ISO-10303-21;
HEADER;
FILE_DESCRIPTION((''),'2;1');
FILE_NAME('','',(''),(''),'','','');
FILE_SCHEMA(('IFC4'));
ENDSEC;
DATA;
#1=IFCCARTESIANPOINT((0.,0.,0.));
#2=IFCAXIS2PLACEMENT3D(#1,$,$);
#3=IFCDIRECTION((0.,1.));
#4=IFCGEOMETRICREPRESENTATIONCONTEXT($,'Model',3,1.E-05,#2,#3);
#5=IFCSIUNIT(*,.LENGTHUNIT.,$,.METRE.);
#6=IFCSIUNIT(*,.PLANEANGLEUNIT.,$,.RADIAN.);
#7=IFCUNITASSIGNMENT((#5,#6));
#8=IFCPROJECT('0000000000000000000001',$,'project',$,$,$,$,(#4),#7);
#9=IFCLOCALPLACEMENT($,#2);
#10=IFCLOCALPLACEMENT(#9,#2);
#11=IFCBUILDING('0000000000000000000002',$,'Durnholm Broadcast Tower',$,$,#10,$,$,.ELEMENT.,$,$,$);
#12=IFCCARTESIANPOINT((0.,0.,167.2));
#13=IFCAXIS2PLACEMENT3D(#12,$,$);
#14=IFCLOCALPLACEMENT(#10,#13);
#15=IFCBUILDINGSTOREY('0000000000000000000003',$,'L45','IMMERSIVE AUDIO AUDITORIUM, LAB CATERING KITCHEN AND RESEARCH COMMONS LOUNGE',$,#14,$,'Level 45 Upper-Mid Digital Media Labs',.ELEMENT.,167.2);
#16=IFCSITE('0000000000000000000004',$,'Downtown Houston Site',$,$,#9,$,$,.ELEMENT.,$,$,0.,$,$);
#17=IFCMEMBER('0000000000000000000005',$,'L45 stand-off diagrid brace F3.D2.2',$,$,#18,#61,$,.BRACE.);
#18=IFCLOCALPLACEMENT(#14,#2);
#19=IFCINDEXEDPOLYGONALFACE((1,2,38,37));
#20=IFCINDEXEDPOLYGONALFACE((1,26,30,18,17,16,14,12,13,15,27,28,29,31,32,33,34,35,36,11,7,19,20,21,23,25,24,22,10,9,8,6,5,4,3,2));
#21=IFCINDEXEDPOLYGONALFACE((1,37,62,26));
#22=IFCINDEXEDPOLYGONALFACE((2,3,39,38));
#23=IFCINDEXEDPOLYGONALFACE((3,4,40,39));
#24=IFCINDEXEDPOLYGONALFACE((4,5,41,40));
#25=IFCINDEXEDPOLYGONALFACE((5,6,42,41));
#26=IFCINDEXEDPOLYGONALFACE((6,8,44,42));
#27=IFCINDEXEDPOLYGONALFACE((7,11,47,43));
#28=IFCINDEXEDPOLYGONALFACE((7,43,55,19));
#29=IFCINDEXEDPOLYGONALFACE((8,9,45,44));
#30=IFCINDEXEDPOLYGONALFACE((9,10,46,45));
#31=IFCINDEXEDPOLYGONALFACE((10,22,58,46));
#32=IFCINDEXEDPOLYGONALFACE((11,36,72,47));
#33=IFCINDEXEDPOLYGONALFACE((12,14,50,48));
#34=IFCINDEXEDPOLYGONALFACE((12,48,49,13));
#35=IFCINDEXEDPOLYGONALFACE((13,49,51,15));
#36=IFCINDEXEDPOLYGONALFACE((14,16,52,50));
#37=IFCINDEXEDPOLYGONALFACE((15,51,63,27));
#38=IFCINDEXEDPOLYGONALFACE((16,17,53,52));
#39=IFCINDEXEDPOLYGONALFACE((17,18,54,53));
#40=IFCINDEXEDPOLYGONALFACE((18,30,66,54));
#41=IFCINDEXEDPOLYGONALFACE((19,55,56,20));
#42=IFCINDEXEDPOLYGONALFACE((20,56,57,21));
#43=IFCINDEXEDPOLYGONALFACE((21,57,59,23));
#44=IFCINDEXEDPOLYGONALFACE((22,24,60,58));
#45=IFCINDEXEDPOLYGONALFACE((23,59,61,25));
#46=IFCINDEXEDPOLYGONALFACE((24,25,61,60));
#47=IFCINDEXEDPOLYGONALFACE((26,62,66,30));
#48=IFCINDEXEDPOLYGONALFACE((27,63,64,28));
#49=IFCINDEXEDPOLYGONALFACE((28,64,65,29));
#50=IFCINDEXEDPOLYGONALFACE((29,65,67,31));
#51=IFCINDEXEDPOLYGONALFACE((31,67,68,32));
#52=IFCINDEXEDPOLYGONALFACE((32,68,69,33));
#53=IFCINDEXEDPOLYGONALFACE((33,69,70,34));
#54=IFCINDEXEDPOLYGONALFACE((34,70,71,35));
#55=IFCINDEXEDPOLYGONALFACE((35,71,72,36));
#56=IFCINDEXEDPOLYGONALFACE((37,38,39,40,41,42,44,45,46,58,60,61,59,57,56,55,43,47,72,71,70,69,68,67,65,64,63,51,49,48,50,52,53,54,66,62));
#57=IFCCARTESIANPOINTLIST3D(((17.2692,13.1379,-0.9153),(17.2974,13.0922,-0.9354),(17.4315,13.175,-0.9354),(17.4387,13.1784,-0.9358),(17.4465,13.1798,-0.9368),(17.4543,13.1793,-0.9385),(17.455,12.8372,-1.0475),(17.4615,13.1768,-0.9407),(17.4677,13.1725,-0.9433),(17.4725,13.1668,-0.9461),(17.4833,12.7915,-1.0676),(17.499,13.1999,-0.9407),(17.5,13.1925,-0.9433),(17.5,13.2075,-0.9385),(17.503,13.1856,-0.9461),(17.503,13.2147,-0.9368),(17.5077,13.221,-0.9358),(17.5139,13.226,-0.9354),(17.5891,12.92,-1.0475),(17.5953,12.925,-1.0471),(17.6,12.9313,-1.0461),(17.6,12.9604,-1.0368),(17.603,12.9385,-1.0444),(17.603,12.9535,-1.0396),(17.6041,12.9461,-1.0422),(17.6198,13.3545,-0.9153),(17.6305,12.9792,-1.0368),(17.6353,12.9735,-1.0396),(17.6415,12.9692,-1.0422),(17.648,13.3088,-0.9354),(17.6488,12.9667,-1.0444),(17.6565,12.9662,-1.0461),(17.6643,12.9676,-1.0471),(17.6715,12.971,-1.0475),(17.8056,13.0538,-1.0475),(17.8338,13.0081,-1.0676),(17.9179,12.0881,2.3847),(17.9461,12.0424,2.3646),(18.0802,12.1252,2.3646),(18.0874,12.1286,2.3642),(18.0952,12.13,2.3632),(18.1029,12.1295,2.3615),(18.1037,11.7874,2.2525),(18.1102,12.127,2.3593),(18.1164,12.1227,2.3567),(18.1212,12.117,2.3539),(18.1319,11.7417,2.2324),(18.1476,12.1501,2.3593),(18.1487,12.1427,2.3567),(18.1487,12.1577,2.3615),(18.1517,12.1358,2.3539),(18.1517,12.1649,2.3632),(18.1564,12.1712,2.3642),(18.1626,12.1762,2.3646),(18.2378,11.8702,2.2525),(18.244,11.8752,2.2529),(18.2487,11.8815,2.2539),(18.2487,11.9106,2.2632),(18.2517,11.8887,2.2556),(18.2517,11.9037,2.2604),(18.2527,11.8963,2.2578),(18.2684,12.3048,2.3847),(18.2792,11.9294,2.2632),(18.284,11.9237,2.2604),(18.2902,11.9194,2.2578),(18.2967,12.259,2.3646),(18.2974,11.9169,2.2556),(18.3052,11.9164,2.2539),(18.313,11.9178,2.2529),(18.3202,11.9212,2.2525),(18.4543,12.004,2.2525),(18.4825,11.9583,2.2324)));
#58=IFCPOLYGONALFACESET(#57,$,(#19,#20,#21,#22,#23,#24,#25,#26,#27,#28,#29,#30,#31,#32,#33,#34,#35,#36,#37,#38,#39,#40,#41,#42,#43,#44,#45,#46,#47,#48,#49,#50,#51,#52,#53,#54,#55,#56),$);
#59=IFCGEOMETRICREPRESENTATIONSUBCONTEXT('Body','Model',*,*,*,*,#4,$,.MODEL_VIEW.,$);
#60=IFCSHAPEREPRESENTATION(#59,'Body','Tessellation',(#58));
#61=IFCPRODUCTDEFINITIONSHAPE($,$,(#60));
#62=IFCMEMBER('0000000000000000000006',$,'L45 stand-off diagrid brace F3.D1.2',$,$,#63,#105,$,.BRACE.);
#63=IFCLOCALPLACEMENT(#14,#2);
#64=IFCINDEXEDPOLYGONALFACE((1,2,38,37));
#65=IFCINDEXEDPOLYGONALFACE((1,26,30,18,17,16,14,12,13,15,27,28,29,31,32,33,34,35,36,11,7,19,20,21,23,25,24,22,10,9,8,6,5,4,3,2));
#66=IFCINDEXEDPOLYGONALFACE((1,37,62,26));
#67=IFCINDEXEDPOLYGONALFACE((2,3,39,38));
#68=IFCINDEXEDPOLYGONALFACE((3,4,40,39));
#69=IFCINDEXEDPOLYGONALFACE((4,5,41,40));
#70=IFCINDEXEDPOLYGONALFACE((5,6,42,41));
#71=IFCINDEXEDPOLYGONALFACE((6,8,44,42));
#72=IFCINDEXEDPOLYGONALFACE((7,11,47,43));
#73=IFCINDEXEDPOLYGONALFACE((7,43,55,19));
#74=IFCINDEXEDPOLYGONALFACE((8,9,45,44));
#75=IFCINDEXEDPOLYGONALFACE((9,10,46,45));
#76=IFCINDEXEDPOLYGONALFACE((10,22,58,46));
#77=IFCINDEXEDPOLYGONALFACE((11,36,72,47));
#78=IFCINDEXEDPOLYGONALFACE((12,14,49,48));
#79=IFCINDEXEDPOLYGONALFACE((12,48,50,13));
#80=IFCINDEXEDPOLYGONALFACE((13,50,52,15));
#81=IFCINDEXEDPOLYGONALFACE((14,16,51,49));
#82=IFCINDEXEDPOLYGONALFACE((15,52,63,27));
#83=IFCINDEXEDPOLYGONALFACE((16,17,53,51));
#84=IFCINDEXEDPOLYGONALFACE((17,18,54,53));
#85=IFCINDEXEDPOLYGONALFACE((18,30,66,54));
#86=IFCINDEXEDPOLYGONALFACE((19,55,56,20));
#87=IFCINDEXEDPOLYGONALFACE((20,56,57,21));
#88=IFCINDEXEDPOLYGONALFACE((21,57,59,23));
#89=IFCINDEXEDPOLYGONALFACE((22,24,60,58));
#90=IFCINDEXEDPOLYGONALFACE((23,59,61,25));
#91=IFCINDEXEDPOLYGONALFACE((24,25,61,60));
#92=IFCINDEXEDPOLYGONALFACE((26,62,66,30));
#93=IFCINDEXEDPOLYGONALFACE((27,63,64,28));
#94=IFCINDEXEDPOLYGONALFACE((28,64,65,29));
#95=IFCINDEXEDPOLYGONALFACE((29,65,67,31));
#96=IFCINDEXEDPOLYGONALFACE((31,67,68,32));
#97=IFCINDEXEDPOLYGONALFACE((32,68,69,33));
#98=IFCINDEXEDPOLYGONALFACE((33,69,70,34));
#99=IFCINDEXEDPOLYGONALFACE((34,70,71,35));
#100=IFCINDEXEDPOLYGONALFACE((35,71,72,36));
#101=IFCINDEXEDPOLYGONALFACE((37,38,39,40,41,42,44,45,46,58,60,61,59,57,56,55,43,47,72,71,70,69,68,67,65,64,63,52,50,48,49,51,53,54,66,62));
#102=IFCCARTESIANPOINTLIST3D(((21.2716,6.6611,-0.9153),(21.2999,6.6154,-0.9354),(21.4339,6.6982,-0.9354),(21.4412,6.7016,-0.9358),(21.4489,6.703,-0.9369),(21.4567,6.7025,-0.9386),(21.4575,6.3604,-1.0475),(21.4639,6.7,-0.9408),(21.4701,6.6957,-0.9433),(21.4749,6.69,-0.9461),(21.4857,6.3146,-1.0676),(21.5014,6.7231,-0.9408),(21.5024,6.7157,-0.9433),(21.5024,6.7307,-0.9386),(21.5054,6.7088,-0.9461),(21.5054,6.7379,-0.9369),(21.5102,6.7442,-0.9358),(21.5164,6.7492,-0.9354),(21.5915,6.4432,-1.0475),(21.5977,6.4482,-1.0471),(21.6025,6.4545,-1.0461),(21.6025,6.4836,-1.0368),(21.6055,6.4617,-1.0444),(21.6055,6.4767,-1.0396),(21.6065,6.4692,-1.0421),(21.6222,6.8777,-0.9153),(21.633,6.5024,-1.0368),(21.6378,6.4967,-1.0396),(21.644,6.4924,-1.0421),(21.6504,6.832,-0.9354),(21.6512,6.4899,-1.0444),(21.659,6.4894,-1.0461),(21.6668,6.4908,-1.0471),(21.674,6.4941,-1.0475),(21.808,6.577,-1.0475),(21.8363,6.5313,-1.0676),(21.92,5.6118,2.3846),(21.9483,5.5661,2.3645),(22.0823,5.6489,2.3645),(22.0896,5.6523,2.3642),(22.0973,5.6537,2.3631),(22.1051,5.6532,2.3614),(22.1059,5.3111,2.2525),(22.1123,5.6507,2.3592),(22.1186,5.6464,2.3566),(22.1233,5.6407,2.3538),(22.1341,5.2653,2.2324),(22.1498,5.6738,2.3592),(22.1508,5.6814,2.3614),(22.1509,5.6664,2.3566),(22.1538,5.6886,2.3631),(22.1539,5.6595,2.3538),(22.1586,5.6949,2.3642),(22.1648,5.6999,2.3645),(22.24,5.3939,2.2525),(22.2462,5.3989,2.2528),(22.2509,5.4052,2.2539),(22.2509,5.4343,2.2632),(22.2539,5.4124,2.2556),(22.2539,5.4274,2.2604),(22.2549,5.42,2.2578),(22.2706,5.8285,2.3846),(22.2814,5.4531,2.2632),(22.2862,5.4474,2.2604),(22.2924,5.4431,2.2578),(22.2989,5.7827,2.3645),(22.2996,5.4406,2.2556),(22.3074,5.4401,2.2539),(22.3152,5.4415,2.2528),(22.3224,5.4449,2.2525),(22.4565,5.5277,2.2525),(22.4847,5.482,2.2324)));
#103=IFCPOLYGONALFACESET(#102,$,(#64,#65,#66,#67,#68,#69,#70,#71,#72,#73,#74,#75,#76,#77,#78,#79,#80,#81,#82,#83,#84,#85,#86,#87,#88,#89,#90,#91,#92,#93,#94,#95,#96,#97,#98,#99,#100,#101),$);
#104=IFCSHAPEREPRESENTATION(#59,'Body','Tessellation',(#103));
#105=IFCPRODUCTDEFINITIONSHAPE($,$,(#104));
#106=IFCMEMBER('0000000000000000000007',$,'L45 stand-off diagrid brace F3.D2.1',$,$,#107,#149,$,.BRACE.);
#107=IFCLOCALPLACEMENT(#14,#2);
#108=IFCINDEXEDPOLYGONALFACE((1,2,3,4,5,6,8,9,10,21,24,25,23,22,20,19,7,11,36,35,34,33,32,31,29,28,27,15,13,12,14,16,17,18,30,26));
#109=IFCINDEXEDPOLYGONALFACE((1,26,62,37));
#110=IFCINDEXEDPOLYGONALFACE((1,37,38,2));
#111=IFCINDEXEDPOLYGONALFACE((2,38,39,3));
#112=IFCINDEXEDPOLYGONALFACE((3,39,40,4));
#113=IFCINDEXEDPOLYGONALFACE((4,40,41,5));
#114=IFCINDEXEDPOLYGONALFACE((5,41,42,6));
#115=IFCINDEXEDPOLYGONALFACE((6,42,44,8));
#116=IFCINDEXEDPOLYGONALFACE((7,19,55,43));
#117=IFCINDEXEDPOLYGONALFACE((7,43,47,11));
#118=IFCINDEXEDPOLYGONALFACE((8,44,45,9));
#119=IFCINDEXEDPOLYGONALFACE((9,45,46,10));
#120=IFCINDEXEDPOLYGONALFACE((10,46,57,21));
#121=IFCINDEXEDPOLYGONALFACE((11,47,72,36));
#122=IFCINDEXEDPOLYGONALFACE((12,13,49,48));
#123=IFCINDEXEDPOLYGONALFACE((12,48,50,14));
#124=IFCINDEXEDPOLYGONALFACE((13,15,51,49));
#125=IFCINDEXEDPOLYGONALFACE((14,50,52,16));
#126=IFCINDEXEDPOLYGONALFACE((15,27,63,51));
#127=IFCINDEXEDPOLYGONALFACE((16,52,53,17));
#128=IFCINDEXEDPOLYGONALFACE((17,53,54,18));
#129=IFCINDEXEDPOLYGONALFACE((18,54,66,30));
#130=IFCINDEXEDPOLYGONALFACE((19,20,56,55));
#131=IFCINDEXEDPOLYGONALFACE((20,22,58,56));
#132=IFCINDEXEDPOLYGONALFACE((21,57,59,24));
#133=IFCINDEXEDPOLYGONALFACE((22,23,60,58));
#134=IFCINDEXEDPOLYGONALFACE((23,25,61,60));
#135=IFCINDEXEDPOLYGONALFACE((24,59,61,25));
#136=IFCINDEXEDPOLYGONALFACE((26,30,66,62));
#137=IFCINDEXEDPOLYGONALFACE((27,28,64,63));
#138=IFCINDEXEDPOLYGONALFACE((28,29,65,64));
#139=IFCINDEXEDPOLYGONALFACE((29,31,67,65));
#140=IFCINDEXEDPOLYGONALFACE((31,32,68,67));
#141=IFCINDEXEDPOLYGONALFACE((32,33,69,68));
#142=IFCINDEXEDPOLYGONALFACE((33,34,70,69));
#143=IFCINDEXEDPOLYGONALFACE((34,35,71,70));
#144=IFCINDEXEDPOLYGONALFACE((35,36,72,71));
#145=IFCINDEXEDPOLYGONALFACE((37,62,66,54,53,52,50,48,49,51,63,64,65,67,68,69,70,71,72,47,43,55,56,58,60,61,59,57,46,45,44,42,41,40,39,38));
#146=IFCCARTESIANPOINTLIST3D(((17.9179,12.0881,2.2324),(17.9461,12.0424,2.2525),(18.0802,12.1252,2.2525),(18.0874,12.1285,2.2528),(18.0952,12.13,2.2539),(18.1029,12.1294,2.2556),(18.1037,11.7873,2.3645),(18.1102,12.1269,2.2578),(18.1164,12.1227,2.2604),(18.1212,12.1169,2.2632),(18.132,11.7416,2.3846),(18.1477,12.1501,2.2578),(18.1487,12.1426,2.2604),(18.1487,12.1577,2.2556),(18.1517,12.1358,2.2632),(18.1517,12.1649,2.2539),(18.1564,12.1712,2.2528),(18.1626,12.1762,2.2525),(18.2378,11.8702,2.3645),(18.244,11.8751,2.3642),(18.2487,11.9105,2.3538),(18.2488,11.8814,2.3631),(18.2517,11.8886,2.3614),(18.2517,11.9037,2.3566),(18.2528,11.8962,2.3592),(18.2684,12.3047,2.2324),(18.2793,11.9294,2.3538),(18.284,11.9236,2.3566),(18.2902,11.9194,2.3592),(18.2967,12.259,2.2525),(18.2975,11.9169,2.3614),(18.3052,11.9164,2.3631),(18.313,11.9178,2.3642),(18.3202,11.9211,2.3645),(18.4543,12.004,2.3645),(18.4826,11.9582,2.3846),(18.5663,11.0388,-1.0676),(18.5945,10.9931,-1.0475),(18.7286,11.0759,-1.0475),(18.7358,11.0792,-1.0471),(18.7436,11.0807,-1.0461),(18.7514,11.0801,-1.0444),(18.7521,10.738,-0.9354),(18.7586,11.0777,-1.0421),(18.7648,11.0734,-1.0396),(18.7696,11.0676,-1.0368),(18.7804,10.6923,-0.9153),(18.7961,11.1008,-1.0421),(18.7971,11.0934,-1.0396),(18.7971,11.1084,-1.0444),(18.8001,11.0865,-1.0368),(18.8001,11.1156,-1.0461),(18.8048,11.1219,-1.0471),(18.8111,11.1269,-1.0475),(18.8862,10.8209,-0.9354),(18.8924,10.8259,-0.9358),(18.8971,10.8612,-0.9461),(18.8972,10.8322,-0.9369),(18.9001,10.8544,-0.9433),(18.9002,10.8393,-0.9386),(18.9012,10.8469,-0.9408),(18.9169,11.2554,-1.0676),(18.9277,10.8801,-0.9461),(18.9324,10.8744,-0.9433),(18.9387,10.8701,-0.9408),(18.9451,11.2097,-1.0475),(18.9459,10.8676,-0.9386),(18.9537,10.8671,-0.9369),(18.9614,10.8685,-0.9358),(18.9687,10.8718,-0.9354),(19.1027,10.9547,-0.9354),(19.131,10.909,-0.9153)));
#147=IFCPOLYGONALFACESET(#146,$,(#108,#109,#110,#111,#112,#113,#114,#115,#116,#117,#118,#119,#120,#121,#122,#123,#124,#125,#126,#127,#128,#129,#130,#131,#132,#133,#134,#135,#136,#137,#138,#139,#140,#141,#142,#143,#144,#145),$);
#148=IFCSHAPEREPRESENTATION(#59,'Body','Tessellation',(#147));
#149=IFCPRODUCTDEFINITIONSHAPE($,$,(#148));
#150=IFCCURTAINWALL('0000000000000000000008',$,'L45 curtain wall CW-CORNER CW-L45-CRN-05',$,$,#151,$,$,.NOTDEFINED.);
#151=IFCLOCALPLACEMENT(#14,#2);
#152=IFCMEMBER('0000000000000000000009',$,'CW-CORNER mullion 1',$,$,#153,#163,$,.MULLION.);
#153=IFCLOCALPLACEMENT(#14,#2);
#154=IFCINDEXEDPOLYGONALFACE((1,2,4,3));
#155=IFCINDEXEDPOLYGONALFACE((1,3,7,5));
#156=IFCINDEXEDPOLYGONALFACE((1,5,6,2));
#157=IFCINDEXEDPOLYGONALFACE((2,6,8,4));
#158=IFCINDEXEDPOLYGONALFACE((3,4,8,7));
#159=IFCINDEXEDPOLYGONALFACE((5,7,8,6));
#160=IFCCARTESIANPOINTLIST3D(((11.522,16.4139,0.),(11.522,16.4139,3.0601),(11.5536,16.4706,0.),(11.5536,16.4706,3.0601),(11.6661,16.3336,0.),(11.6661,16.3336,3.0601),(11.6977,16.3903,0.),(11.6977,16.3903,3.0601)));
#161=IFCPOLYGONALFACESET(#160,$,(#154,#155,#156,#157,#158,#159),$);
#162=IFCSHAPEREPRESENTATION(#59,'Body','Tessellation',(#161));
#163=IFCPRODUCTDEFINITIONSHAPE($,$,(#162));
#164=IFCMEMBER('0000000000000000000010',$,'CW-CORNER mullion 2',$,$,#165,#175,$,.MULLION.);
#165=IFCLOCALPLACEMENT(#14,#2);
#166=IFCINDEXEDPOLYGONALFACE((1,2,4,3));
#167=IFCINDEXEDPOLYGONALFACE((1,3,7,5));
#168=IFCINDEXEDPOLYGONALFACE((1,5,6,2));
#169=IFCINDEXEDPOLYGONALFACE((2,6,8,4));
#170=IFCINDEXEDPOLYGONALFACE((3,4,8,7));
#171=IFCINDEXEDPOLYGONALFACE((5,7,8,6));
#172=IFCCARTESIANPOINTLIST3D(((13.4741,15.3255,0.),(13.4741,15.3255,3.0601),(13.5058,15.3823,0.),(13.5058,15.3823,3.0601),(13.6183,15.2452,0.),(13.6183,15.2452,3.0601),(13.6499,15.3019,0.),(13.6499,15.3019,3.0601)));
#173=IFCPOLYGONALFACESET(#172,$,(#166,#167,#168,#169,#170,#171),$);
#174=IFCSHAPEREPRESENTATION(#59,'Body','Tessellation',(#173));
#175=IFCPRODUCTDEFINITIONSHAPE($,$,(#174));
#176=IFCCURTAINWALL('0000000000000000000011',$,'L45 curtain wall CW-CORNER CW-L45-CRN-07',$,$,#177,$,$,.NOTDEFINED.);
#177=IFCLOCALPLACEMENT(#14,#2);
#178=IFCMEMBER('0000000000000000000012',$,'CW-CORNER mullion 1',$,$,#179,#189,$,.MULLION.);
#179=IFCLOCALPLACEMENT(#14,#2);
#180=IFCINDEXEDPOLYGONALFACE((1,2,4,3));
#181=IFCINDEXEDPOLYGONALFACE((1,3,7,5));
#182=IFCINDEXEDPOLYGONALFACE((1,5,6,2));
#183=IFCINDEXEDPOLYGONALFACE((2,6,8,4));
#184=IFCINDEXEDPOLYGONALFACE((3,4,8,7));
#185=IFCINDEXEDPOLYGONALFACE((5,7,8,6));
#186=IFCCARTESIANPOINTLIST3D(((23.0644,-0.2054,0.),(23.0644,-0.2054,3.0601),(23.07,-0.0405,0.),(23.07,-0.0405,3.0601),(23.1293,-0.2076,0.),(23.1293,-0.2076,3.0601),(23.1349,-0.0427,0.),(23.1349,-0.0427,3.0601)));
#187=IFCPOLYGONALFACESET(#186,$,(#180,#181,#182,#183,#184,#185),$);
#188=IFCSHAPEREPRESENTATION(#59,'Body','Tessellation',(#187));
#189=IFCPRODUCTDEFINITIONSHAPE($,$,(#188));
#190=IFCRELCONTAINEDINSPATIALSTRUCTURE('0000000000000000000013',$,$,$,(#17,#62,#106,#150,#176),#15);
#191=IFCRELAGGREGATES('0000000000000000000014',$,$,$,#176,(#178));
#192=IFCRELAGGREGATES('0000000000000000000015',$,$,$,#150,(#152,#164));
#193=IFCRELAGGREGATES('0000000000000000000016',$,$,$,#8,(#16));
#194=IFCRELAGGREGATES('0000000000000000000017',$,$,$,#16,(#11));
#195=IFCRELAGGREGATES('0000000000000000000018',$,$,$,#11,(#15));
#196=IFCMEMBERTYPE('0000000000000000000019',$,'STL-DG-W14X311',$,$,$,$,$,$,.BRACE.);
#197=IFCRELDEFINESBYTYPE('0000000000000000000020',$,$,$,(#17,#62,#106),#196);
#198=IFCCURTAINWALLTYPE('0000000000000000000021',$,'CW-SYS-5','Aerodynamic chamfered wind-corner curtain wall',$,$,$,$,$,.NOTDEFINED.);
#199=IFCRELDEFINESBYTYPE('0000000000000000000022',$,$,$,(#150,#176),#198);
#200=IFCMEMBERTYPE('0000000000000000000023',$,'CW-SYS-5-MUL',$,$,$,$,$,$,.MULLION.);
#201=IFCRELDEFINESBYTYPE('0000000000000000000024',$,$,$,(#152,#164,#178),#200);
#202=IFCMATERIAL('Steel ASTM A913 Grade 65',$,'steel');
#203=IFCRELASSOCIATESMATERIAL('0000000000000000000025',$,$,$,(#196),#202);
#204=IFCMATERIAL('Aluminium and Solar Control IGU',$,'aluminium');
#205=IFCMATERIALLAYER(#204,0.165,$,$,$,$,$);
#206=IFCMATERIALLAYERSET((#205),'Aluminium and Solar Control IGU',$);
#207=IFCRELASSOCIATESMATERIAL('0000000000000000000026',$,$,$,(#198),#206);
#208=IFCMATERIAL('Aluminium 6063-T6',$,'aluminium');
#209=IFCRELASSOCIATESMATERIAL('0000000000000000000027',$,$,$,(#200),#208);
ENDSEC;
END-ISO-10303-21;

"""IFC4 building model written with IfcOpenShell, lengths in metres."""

from ifc_helpers import new_model, si_unit, direction, frame, origin, origin_2d, place, context, subcontext, project, spatial, rectangle, i_section, extrude, source, transform, mapped, material, layer, layer_set, material_profile, profile_set, type_object, type_shapes, element, aggregate, save


model = new_model("IFC4")

# Units and contexts
model_context = context("Model", 3, precision=1e-05, world=origin(), true_north=direction((0.0, 1.0)))
body_context = subcontext(model_context, "Body", "Model", "MODEL_VIEW")
ifc_project = project(units=[si_unit("LENGTHUNIT", "METRE"), si_unit("PLANEANGLEUNIT", "RADIAN")], contexts=[model_context])

# Site, building, storey
site_placement = place(None, origin())
site = spatial("IfcSite", under=ifc_project, at=site_placement, Name="Downtown Houston Site", CompositionType="ELEMENT", RefElevation=0.0)
building_placement = place(site_placement, origin())
building = spatial("IfcBuilding", under=site, at=building_placement, Name="Durnholm Broadcast Tower", CompositionType="ELEMENT")
storey_placement = place(building_placement, frame((0.0, 0.0, 167.2)))
storey = spatial("IfcBuildingStorey", under=building, at=storey_placement, Name="L45", Description="IMMERSIVE AUDIO AUDITORIUM, LAB CATERING KITCHEN AND RESEARCH COMMONS LOUNGE", LongName="Level 45 Upper-Mid Digital Media Labs", CompositionType="ELEMENT", Elevation=167.2)

# Members
ifc_material_1 = material(Name="Steel ASTM A913 Grade 65", Category="steel")
ifc_material_profile_1 = material_profile(ifc_material_1, i_section(OverallWidth=0.4121, OverallDepth=0.4348, WebThickness=0.0359, FlangeThickness=0.0574, FilletRadius=0.0305, at=origin_2d()), Name="W14X311")
ifc_profile_set_1 = profile_set([ifc_material_profile_1], Name="Steel ASTM A913 Grade 65")
member_type_1 = type_object("IfcMemberType", Name="STL-DG-W14X311", PredefinedType="BRACE", material=ifc_profile_set_1)
shared_shape_1 = source(origin(), body_context, "Body", "SweptSolid", [
    extrude(i_section(OverallWidth=0.4121, OverallDepth=0.4348, WebThickness=0.0359, FlangeThickness=0.0574, FilletRadius=0.0305, at=origin_2d()), origin(), (0.0, 0.0, 1.0), 3.5232),
])
for number, where, z_axis, x_axis, name in (
    (1, (17.5515, 13.073, -0.9915), (0.184115, -0.297966, 0.936652), (0.850699, 0.525653, 0.0), "L45 stand-off diagrid brace F3.D2.2"),
):
    element("IfcMember", number, at=place(storey_placement, frame(where, z_axis=z_axis, x_axis=x_axis)), inside=storey, type_object=member_type_1, Name=name, PredefinedType="BRACE", context=body_context, shape_type="MappedRepresentation", body=[
        mapped(shared_shape_1, transform((0.0, 0.0, 0.0), x_axis=(1.0, 0.0, 0.0), y_axis=(0.0, 1.0, 0.0), z_axis=(0.0, 0.0, 1.0), scale=1.0)),
    ])
shared_shape_2 = source(origin(), body_context, "Body", "SweptSolid", [
    extrude(i_section(OverallWidth=0.4121, OverallDepth=0.4348, WebThickness=0.0359, FlangeThickness=0.0574, FilletRadius=0.0305, at=origin_2d()), origin(), (0.0, 0.0, 1.0), 3.5229),
])
type_shapes(member_type_1, [shared_shape_1, shared_shape_2])
for number, where, z_axis, x_axis, name in (
    (2, (21.554, 6.5962, -0.9915), (0.184056, -0.297843, 0.936703), (0.850678, 0.525687, 0.0), "L45 stand-off diagrid brace F3.D1.2"),
    (3, (18.8486, 10.9739, -0.9915), (-0.184056, 0.297843, 0.936703), (-0.850678, -0.525687, 0.0), "L45 stand-off diagrid brace F3.D2.1"),
):
    element("IfcMember", number, at=place(storey_placement, frame(where, z_axis=z_axis, x_axis=x_axis)), inside=storey, type_object=member_type_1, Name=name, PredefinedType="BRACE", context=body_context, shape_type="MappedRepresentation", body=[
        mapped(shared_shape_2, transform((0.0, 0.0, 0.0), x_axis=(1.0, 0.0, 0.0), y_axis=(0.0, 1.0, 0.0), z_axis=(0.0, 0.0, 1.0), scale=1.0)),
    ])

# Curtain wall, members
ifc_material_2 = material(Name="Aluminium and Solar Control IGU", Category="aluminium")
ifc_layer_1 = layer(ifc_material_2, 0.165)
ifc_layer_set_1 = layer_set([ifc_layer_1], Name="Aluminium and Solar Control IGU")
curtain_wall_type_1 = type_object("IfcCurtainWallType", Name="CW-SYS-5", Description="Aerodynamic chamfered wind-corner curtain wall", PredefinedType="NOTDEFINED", material=ifc_layer_set_1)
curtain_wall_1_placement = place(storey_placement, origin())
curtain_wall_1 = element("IfcCurtainWall", 4, at=curtain_wall_1_placement, inside=storey, type_object=curtain_wall_type_1, Name="L45 curtain wall CW-CORNER CW-L45-CRN-05", PredefinedType="NOTDEFINED")
ifc_material_3 = material(Name="Aluminium 6063-T6", Category="aluminium")
ifc_material_profile_2 = material_profile(ifc_material_3, rectangle(XDim=0.0649, YDim=0.165, at=origin_2d()), Name="CWM65X165")
ifc_profile_set_2 = profile_set([ifc_material_profile_2], Name="Aluminium 6063-T6")
member_type_2 = type_object("IfcMemberType", Name="CW-SYS-5-MUL", PredefinedType="MULLION", material=ifc_profile_set_2)
shared_shape_3 = source(origin(), body_context, "Body", "SweptSolid", [
    extrude(rectangle(XDim=0.0649, YDim=0.165, at=origin_2d()), origin(), (0.0, 0.0, 1.0), 3.0601),
])
type_shapes(member_type_2, [shared_shape_3])
member_1_placement = place(storey_placement, frame((11.6099, 16.4021, 0.0), z_axis=(0.0, 0.0, 1.0), x_axis=(0.486986, 0.87341, 0.0)))
member_1 = element("IfcMember", 5, at=member_1_placement, type_object=member_type_2, Name="CW-CORNER mullion 1", PredefinedType="MULLION", context=body_context, shape_type="MappedRepresentation", body=[
    mapped(shared_shape_3, transform((0.0, 0.0, 0.0), x_axis=(1.0, 0.0, 0.0), y_axis=(0.0, 1.0, 0.0), z_axis=(0.0, 0.0, 1.0), scale=1.0)),
])
member_2_placement = place(storey_placement, frame((13.562, 15.3137, 0.0), z_axis=(0.0, 0.0, 1.0), x_axis=(0.486986, 0.87341, 0.0)))
member_2 = element("IfcMember", 6, at=member_2_placement, type_object=member_type_2, Name="CW-CORNER mullion 2", PredefinedType="MULLION", context=body_context, shape_type="MappedRepresentation", body=[
    mapped(shared_shape_3, transform((0.0, 0.0, 0.0), x_axis=(1.0, 0.0, 0.0), y_axis=(0.0, 1.0, 0.0), z_axis=(0.0, 0.0, 1.0), scale=1.0)),
])

# Curtain wall, member
curtain_wall_2_placement = place(storey_placement, origin())
curtain_wall_2 = element("IfcCurtainWall", 7, at=curtain_wall_2_placement, inside=storey, type_object=curtain_wall_type_1, Name="L45 curtain wall CW-CORNER CW-L45-CRN-07", PredefinedType="NOTDEFINED")
member_3_placement = place(storey_placement, frame((23.0996, -0.124, 0.0), z_axis=(0.0, 0.0, 1.0), x_axis=(0.999425, -0.033913, 0.0)))
member_3 = element("IfcMember", 8, at=member_3_placement, type_object=member_type_2, Name="CW-CORNER mullion 1", PredefinedType="MULLION", context=body_context, shape_type="MappedRepresentation", body=[
    mapped(shared_shape_3, transform((0.0, 0.0, 0.0), x_axis=(1.0, 0.0, 0.0), y_axis=(0.0, 1.0, 0.0), z_axis=(0.0, 0.0, 1.0), scale=1.0)),
])

aggregate(curtain_wall_2, [member_3])

aggregate(curtain_wall_1, [member_1, member_2])

save(model, "model.ifc")
